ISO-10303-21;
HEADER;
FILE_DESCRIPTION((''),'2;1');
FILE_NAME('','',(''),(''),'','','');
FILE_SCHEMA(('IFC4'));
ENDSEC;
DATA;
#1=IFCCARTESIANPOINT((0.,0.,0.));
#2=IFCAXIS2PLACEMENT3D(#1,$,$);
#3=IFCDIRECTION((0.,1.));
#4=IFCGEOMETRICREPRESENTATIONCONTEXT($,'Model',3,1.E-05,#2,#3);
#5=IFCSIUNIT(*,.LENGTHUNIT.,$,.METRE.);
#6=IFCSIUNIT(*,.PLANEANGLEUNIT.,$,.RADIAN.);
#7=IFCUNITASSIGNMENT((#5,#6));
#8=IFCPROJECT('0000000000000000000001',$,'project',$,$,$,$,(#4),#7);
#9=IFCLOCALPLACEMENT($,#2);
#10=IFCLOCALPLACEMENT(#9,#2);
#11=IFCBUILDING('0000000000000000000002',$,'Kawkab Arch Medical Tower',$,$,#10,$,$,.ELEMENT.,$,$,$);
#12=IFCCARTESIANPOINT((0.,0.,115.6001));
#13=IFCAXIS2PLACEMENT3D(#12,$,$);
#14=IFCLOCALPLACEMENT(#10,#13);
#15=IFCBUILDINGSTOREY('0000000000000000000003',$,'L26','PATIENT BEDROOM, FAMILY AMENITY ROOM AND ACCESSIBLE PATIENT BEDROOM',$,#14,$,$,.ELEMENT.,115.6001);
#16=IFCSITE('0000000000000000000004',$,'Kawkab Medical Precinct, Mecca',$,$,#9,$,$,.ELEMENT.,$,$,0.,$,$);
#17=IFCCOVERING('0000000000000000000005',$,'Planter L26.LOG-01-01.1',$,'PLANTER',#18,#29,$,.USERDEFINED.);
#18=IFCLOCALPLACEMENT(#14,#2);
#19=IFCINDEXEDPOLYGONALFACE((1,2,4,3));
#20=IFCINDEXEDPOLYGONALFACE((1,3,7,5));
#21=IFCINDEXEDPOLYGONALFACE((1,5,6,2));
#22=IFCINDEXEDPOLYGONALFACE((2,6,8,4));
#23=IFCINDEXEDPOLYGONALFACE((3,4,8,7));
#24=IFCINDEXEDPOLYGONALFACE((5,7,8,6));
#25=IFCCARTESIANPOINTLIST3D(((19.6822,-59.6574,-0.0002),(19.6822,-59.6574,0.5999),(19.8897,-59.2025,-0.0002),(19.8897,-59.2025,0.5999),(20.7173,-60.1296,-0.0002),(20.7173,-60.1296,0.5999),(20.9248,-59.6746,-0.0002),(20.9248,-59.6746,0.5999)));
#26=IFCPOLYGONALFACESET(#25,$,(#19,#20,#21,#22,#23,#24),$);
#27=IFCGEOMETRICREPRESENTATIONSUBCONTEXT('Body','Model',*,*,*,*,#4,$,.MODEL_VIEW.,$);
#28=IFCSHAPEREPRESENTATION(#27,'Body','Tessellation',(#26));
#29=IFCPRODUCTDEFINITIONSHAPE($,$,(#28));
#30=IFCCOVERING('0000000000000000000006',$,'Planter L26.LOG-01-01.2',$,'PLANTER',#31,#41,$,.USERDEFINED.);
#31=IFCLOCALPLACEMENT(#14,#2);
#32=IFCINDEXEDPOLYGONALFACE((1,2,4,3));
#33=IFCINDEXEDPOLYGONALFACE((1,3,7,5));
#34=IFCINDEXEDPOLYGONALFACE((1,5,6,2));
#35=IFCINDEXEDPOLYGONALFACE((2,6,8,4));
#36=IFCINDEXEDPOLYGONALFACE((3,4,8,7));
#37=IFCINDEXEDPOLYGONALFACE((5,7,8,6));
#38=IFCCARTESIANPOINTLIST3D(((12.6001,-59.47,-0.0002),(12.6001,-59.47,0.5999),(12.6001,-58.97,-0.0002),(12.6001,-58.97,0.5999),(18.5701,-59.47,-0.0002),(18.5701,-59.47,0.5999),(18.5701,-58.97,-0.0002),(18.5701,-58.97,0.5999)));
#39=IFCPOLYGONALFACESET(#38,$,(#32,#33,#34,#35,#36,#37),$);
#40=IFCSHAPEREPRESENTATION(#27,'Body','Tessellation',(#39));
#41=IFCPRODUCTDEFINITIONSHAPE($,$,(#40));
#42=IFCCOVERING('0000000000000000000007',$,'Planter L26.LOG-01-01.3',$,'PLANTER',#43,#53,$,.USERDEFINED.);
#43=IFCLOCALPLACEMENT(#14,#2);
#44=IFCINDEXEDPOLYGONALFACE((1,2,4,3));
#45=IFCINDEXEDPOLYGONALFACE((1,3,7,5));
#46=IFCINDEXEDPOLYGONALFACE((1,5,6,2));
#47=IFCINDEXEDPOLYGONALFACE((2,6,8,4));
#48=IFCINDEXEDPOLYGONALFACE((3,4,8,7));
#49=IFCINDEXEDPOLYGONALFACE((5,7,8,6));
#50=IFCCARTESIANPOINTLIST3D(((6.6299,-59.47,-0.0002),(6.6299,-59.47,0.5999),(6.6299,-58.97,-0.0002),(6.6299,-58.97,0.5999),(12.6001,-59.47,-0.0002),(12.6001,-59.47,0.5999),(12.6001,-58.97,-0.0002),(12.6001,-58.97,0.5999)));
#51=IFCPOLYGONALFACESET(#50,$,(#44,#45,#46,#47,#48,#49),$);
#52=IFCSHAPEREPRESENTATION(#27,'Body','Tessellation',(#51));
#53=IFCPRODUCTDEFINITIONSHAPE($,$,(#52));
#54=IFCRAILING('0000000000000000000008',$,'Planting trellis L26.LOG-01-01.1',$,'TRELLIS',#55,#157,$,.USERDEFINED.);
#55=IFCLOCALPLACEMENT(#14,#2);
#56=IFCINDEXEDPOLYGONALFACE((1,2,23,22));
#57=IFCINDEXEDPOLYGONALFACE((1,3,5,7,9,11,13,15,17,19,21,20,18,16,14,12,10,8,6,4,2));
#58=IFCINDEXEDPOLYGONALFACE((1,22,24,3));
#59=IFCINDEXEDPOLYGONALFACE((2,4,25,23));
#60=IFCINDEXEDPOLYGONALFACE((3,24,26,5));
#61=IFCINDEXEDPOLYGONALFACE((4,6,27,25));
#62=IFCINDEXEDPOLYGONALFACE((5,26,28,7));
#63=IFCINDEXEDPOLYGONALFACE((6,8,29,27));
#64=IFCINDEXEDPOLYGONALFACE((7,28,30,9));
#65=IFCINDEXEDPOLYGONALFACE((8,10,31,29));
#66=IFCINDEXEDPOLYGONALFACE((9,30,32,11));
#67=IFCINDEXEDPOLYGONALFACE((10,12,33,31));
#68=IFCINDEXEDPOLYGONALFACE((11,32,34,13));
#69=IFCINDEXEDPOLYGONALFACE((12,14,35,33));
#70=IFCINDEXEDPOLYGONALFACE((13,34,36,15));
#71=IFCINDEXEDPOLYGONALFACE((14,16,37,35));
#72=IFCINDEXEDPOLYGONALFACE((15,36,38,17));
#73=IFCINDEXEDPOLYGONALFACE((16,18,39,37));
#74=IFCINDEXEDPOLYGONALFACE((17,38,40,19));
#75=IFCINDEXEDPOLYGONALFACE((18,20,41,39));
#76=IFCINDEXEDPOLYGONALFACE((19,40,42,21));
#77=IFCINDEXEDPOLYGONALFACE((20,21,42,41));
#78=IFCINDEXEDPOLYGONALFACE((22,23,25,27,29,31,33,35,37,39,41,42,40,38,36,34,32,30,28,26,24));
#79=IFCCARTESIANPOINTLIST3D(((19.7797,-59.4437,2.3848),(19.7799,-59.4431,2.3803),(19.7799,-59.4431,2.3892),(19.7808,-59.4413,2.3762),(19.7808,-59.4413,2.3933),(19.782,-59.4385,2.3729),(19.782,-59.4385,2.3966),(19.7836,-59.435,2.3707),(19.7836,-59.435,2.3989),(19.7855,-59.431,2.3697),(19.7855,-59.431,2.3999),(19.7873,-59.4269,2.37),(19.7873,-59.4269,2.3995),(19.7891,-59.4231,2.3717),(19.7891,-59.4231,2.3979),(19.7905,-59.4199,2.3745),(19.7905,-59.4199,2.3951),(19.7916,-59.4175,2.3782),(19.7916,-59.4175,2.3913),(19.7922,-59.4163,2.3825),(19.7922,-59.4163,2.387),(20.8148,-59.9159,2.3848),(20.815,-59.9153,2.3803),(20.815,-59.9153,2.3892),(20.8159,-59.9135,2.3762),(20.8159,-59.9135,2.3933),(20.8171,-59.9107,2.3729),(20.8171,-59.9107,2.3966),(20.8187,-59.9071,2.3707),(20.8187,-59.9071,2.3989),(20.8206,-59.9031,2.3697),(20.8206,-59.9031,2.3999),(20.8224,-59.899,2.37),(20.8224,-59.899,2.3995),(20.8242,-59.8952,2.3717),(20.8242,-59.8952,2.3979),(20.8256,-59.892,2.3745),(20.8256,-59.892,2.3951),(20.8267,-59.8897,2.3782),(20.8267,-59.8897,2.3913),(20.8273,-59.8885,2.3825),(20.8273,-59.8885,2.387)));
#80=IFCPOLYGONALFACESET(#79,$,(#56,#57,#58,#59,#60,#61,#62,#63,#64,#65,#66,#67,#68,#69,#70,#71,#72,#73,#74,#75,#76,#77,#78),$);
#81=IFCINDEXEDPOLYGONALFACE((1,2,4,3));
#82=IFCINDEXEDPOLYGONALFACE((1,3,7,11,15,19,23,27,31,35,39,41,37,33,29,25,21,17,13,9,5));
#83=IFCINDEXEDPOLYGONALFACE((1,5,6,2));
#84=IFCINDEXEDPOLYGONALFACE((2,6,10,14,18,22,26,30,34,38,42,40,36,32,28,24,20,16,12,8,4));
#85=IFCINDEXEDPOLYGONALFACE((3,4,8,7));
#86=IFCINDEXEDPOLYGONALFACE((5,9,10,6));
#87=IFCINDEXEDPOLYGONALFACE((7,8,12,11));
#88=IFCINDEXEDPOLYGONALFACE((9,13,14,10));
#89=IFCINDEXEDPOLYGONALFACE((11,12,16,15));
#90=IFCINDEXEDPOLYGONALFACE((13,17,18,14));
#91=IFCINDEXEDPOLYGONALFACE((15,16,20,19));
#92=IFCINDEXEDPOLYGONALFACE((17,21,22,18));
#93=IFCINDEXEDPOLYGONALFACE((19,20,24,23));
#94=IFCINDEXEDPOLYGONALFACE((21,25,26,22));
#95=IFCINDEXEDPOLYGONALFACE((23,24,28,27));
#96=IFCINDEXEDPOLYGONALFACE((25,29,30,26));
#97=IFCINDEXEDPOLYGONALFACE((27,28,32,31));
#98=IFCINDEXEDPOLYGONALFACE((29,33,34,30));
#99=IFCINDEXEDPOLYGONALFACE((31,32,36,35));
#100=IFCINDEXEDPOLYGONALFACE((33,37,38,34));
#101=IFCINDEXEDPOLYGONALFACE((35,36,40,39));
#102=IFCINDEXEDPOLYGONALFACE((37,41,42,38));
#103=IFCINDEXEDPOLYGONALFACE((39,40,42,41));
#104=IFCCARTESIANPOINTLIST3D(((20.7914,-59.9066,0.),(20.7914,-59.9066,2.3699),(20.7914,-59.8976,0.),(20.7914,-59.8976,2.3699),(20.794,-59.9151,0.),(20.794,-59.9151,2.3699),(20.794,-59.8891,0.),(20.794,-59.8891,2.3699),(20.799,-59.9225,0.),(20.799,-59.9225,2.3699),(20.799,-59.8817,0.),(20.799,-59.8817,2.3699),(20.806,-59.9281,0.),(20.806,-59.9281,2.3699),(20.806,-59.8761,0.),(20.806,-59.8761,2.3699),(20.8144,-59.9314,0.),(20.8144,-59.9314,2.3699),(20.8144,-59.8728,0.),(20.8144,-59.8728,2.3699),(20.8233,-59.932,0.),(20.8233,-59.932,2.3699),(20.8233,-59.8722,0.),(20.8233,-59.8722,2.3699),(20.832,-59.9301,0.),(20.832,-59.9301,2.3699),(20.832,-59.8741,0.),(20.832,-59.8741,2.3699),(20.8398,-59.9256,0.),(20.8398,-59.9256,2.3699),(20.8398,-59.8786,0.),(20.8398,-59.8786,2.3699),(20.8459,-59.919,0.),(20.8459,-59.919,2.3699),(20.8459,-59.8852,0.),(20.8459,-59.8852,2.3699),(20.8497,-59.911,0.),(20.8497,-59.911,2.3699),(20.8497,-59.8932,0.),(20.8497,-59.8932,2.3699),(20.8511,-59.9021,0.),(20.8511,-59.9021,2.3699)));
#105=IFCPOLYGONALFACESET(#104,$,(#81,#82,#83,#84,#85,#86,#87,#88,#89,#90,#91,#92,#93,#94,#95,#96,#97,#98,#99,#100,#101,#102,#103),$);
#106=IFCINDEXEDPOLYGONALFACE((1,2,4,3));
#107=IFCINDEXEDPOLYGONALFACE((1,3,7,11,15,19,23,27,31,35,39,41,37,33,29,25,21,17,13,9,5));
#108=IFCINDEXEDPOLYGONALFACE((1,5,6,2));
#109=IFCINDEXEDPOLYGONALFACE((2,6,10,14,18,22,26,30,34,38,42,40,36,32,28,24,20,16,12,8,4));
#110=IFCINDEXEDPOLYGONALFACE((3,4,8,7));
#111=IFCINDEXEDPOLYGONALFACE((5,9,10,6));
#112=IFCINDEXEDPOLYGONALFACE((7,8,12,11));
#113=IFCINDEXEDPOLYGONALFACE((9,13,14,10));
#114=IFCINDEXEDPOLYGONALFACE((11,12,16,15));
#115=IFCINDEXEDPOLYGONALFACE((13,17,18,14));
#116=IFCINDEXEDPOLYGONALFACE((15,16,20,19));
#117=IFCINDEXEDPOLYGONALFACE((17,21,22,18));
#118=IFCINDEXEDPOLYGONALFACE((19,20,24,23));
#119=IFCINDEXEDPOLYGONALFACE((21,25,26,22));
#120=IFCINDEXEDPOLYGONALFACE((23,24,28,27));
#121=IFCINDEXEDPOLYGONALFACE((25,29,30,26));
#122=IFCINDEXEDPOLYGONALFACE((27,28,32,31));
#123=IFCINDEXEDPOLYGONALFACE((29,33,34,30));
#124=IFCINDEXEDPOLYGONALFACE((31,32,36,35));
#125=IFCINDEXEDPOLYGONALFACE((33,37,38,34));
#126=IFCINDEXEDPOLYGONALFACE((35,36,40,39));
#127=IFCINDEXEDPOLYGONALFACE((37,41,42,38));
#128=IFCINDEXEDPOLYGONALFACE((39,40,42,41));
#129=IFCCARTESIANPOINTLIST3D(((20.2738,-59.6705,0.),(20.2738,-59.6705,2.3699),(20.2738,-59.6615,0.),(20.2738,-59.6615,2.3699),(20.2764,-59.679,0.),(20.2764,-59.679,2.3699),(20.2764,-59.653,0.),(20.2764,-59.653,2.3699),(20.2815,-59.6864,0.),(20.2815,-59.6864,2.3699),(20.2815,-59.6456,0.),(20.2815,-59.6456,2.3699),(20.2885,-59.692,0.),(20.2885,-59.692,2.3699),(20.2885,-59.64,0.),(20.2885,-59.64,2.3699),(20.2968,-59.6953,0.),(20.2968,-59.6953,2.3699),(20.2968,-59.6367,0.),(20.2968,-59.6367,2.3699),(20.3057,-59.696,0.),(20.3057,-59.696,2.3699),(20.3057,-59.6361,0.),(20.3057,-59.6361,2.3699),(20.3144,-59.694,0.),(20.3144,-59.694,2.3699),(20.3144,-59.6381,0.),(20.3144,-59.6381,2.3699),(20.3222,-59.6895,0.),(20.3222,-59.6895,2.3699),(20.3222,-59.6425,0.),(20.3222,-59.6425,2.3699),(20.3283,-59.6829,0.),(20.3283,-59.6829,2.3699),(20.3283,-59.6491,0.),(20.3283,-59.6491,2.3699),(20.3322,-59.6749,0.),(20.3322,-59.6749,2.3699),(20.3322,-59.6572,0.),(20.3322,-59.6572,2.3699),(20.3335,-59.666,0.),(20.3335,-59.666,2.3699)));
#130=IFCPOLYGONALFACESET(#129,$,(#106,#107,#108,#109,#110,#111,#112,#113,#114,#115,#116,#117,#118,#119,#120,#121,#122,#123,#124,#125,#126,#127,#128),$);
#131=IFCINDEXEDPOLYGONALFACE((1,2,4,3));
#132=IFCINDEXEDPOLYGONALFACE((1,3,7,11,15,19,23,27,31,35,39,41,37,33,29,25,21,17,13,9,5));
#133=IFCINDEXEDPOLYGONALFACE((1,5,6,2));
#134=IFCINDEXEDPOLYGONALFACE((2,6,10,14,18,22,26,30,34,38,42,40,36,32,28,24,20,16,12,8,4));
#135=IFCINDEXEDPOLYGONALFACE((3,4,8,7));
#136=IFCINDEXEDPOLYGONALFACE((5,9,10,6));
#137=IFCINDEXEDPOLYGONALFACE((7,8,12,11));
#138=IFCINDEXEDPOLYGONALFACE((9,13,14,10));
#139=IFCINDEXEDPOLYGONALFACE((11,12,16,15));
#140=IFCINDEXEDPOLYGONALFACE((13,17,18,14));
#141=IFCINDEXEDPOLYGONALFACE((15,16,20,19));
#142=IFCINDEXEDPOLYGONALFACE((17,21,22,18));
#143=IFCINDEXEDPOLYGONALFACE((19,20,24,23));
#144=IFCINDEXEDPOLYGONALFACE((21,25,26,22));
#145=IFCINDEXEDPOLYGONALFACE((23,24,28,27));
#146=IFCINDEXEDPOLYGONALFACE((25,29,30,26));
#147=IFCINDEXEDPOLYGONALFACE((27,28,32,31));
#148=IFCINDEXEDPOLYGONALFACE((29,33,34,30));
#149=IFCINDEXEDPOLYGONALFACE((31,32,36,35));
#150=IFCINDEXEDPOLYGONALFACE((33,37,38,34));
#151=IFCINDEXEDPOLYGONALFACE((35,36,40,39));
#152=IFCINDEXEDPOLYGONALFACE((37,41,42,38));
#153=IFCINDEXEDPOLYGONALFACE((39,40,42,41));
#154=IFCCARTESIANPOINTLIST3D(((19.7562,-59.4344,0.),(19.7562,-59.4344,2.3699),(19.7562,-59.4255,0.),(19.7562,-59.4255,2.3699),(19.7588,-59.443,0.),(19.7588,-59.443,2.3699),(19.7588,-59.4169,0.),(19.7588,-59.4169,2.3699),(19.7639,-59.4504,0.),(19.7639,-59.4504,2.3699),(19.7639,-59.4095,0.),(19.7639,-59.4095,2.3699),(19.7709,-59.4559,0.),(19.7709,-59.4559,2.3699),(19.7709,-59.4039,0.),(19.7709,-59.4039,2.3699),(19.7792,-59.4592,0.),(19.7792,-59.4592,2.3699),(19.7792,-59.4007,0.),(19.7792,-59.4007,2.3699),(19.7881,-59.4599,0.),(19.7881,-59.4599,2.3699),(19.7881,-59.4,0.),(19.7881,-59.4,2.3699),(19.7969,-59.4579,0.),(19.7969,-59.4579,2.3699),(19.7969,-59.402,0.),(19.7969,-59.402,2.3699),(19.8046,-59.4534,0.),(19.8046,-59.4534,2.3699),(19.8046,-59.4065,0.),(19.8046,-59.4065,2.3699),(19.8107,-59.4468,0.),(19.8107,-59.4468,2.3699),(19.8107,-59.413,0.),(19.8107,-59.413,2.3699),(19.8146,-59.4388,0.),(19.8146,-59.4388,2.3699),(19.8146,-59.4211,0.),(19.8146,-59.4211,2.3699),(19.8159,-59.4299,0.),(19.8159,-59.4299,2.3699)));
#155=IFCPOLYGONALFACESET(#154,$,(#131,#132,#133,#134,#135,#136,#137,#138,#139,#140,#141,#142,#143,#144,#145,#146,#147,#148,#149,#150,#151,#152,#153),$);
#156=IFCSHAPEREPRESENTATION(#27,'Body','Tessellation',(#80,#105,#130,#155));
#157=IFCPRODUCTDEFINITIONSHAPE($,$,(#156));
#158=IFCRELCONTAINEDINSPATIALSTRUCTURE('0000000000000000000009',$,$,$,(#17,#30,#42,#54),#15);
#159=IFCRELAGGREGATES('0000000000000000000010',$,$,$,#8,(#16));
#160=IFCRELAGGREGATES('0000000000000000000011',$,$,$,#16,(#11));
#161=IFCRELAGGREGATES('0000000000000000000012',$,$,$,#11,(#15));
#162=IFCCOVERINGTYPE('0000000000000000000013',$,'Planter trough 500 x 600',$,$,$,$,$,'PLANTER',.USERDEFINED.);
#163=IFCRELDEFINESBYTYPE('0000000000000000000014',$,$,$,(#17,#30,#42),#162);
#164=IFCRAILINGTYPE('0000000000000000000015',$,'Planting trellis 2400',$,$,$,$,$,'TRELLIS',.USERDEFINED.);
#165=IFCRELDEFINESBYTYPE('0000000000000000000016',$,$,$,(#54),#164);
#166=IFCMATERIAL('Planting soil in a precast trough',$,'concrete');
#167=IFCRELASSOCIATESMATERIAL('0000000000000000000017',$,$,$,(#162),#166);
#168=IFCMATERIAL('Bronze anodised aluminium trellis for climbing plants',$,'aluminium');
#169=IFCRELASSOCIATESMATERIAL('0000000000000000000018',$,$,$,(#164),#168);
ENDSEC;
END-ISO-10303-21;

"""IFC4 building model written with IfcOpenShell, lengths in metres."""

from ifc_helpers import new_model, si_unit, direction, frame, origin, origin_2d, place, context, subcontext, project, spatial, rectangle, circle, extrude, material, material_profile, profile_set, type_object, element, save


model = new_model("IFC4")

# Units and contexts
model_context = context("Model", 3, precision=1e-05, world=origin(), true_north=direction((0.0, 1.0)))
body_context = subcontext(model_context, "Body", "Model", "MODEL_VIEW")
ifc_project = project(units=[si_unit("LENGTHUNIT", "METRE"), si_unit("PLANEANGLEUNIT", "RADIAN")], contexts=[model_context])

# Site, building, storey
site_placement = place(None, origin())
site = spatial("IfcSite", under=ifc_project, at=site_placement, Name="Kawkab Medical Precinct, Mecca", CompositionType="ELEMENT", RefElevation=0.0)
building_placement = place(site_placement, origin())
building = spatial("IfcBuilding", under=site, at=building_placement, Name="Kawkab Arch Medical Tower", CompositionType="ELEMENT")
storey_placement = place(building_placement, frame((0.0, 0.0, 115.6001)))
storey = spatial("IfcBuildingStorey", under=building, at=storey_placement, Name="L26", Description="PATIENT BEDROOM, FAMILY AMENITY ROOM AND ACCESSIBLE PATIENT BEDROOM", CompositionType="ELEMENT", Elevation=115.6001)

# Coverings
ifc_material_1 = material(Name="Planting soil in a precast trough", Category="concrete")
ifc_material_profile_1 = material_profile(ifc_material_1, rectangle(XDim=0.5, YDim=0.6001, at=origin_2d()), Name="Trough 500x600")
ifc_profile_set_1 = profile_set([ifc_material_profile_1], Name="Planting soil in a precast trough")
covering_type_1 = type_object("IfcCoveringType", Name="Planter trough 500 x 600", ElementType="PLANTER", PredefinedType="USERDEFINED", material=ifc_profile_set_1)
covering_1_placement = place(storey_placement, frame((20.821, -59.9021, 0.2998), z_axis=(-0.909822, 0.414999, 0.0), x_axis=(-0.414999, -0.909822, 0.0)))
element("IfcCovering", 1, at=covering_1_placement, inside=storey, type_object=covering_type_1, Name="Planter L26.LOG-01-01.1", ObjectType="PLANTER", PredefinedType="USERDEFINED", context=body_context, shape_type="SweptSolid", body=[
    extrude(rectangle(XDim=0.5, YDim=0.6001, at=origin_2d()), origin(), (0.0, 0.0, 1.0), 1.1377),
])
covering_2_placement = place(storey_placement, frame((18.5701, -59.22, 0.2998), z_axis=(-1.0, 0.0, 0.0), x_axis=(0.0, -1.0, 0.0)))
element("IfcCovering", 2, at=covering_2_placement, inside=storey, type_object=covering_type_1, Name="Planter L26.LOG-01-01.2", ObjectType="PLANTER", PredefinedType="USERDEFINED", context=body_context, shape_type="SweptSolid", body=[
    extrude(rectangle(XDim=0.5, YDim=0.6001, at=origin_2d()), origin(), (0.0, 0.0, 1.0), 5.97),
])
covering_3_placement = place(storey_placement, frame((12.6001, -59.22, 0.2998), z_axis=(-1.0, 0.0, 0.0), x_axis=(0.0, -1.0, 0.0)))
element("IfcCovering", 3, at=covering_3_placement, inside=storey, type_object=covering_type_1, Name="Planter L26.LOG-01-01.3", ObjectType="PLANTER", PredefinedType="USERDEFINED", context=body_context, shape_type="SweptSolid", body=[
    extrude(rectangle(XDim=0.5, YDim=0.6001, at=origin_2d()), origin(), (0.0, 0.0, 1.0), 5.9702),
])

# Railing
ifc_material_2 = material(Name="Bronze anodised aluminium trellis for climbing plants", Category="aluminium")
railing_type_1 = type_object("IfcRailingType", Name="Planting trellis 2400", ElementType="TRELLIS", PredefinedType="USERDEFINED", material=ifc_material_2)
railing_1_placement = place(storey_placement, frame((20.821, -59.9021, 0.0)))
element("IfcRailing", 4, at=railing_1_placement, inside=storey, type_object=railing_type_1, Name="Planting trellis L26.LOG-01-01.1", ObjectType="TRELLIS", PredefinedType="USERDEFINED", context=body_context, shape_type="SweptSolid", body=[
    extrude(circle(Radius=0.0151, at=origin_2d()), frame((0.0, 0.0, 2.3848), z_axis=(-0.909822, 0.414999, 0.0), x_axis=(-0.414999, -0.909822, 0.0)), (0.0, 0.0, 1.0), 1.1377),
    extrude(circle(Radius=0.03, at=origin_2d()), origin(), (0.0, 0.0, 1.0), 2.3699),
    extrude(circle(Radius=0.03, at=origin_2d()), frame((-0.5176, 0.2361, 0.0)), (0.0, 0.0, 1.0), 2.3699),
    extrude(circle(Radius=0.03, at=origin_2d()), frame((-1.0352, 0.4722, 0.0)), (0.0, 0.0, 1.0), 2.3699),
])

save(model, "model.ifc")
